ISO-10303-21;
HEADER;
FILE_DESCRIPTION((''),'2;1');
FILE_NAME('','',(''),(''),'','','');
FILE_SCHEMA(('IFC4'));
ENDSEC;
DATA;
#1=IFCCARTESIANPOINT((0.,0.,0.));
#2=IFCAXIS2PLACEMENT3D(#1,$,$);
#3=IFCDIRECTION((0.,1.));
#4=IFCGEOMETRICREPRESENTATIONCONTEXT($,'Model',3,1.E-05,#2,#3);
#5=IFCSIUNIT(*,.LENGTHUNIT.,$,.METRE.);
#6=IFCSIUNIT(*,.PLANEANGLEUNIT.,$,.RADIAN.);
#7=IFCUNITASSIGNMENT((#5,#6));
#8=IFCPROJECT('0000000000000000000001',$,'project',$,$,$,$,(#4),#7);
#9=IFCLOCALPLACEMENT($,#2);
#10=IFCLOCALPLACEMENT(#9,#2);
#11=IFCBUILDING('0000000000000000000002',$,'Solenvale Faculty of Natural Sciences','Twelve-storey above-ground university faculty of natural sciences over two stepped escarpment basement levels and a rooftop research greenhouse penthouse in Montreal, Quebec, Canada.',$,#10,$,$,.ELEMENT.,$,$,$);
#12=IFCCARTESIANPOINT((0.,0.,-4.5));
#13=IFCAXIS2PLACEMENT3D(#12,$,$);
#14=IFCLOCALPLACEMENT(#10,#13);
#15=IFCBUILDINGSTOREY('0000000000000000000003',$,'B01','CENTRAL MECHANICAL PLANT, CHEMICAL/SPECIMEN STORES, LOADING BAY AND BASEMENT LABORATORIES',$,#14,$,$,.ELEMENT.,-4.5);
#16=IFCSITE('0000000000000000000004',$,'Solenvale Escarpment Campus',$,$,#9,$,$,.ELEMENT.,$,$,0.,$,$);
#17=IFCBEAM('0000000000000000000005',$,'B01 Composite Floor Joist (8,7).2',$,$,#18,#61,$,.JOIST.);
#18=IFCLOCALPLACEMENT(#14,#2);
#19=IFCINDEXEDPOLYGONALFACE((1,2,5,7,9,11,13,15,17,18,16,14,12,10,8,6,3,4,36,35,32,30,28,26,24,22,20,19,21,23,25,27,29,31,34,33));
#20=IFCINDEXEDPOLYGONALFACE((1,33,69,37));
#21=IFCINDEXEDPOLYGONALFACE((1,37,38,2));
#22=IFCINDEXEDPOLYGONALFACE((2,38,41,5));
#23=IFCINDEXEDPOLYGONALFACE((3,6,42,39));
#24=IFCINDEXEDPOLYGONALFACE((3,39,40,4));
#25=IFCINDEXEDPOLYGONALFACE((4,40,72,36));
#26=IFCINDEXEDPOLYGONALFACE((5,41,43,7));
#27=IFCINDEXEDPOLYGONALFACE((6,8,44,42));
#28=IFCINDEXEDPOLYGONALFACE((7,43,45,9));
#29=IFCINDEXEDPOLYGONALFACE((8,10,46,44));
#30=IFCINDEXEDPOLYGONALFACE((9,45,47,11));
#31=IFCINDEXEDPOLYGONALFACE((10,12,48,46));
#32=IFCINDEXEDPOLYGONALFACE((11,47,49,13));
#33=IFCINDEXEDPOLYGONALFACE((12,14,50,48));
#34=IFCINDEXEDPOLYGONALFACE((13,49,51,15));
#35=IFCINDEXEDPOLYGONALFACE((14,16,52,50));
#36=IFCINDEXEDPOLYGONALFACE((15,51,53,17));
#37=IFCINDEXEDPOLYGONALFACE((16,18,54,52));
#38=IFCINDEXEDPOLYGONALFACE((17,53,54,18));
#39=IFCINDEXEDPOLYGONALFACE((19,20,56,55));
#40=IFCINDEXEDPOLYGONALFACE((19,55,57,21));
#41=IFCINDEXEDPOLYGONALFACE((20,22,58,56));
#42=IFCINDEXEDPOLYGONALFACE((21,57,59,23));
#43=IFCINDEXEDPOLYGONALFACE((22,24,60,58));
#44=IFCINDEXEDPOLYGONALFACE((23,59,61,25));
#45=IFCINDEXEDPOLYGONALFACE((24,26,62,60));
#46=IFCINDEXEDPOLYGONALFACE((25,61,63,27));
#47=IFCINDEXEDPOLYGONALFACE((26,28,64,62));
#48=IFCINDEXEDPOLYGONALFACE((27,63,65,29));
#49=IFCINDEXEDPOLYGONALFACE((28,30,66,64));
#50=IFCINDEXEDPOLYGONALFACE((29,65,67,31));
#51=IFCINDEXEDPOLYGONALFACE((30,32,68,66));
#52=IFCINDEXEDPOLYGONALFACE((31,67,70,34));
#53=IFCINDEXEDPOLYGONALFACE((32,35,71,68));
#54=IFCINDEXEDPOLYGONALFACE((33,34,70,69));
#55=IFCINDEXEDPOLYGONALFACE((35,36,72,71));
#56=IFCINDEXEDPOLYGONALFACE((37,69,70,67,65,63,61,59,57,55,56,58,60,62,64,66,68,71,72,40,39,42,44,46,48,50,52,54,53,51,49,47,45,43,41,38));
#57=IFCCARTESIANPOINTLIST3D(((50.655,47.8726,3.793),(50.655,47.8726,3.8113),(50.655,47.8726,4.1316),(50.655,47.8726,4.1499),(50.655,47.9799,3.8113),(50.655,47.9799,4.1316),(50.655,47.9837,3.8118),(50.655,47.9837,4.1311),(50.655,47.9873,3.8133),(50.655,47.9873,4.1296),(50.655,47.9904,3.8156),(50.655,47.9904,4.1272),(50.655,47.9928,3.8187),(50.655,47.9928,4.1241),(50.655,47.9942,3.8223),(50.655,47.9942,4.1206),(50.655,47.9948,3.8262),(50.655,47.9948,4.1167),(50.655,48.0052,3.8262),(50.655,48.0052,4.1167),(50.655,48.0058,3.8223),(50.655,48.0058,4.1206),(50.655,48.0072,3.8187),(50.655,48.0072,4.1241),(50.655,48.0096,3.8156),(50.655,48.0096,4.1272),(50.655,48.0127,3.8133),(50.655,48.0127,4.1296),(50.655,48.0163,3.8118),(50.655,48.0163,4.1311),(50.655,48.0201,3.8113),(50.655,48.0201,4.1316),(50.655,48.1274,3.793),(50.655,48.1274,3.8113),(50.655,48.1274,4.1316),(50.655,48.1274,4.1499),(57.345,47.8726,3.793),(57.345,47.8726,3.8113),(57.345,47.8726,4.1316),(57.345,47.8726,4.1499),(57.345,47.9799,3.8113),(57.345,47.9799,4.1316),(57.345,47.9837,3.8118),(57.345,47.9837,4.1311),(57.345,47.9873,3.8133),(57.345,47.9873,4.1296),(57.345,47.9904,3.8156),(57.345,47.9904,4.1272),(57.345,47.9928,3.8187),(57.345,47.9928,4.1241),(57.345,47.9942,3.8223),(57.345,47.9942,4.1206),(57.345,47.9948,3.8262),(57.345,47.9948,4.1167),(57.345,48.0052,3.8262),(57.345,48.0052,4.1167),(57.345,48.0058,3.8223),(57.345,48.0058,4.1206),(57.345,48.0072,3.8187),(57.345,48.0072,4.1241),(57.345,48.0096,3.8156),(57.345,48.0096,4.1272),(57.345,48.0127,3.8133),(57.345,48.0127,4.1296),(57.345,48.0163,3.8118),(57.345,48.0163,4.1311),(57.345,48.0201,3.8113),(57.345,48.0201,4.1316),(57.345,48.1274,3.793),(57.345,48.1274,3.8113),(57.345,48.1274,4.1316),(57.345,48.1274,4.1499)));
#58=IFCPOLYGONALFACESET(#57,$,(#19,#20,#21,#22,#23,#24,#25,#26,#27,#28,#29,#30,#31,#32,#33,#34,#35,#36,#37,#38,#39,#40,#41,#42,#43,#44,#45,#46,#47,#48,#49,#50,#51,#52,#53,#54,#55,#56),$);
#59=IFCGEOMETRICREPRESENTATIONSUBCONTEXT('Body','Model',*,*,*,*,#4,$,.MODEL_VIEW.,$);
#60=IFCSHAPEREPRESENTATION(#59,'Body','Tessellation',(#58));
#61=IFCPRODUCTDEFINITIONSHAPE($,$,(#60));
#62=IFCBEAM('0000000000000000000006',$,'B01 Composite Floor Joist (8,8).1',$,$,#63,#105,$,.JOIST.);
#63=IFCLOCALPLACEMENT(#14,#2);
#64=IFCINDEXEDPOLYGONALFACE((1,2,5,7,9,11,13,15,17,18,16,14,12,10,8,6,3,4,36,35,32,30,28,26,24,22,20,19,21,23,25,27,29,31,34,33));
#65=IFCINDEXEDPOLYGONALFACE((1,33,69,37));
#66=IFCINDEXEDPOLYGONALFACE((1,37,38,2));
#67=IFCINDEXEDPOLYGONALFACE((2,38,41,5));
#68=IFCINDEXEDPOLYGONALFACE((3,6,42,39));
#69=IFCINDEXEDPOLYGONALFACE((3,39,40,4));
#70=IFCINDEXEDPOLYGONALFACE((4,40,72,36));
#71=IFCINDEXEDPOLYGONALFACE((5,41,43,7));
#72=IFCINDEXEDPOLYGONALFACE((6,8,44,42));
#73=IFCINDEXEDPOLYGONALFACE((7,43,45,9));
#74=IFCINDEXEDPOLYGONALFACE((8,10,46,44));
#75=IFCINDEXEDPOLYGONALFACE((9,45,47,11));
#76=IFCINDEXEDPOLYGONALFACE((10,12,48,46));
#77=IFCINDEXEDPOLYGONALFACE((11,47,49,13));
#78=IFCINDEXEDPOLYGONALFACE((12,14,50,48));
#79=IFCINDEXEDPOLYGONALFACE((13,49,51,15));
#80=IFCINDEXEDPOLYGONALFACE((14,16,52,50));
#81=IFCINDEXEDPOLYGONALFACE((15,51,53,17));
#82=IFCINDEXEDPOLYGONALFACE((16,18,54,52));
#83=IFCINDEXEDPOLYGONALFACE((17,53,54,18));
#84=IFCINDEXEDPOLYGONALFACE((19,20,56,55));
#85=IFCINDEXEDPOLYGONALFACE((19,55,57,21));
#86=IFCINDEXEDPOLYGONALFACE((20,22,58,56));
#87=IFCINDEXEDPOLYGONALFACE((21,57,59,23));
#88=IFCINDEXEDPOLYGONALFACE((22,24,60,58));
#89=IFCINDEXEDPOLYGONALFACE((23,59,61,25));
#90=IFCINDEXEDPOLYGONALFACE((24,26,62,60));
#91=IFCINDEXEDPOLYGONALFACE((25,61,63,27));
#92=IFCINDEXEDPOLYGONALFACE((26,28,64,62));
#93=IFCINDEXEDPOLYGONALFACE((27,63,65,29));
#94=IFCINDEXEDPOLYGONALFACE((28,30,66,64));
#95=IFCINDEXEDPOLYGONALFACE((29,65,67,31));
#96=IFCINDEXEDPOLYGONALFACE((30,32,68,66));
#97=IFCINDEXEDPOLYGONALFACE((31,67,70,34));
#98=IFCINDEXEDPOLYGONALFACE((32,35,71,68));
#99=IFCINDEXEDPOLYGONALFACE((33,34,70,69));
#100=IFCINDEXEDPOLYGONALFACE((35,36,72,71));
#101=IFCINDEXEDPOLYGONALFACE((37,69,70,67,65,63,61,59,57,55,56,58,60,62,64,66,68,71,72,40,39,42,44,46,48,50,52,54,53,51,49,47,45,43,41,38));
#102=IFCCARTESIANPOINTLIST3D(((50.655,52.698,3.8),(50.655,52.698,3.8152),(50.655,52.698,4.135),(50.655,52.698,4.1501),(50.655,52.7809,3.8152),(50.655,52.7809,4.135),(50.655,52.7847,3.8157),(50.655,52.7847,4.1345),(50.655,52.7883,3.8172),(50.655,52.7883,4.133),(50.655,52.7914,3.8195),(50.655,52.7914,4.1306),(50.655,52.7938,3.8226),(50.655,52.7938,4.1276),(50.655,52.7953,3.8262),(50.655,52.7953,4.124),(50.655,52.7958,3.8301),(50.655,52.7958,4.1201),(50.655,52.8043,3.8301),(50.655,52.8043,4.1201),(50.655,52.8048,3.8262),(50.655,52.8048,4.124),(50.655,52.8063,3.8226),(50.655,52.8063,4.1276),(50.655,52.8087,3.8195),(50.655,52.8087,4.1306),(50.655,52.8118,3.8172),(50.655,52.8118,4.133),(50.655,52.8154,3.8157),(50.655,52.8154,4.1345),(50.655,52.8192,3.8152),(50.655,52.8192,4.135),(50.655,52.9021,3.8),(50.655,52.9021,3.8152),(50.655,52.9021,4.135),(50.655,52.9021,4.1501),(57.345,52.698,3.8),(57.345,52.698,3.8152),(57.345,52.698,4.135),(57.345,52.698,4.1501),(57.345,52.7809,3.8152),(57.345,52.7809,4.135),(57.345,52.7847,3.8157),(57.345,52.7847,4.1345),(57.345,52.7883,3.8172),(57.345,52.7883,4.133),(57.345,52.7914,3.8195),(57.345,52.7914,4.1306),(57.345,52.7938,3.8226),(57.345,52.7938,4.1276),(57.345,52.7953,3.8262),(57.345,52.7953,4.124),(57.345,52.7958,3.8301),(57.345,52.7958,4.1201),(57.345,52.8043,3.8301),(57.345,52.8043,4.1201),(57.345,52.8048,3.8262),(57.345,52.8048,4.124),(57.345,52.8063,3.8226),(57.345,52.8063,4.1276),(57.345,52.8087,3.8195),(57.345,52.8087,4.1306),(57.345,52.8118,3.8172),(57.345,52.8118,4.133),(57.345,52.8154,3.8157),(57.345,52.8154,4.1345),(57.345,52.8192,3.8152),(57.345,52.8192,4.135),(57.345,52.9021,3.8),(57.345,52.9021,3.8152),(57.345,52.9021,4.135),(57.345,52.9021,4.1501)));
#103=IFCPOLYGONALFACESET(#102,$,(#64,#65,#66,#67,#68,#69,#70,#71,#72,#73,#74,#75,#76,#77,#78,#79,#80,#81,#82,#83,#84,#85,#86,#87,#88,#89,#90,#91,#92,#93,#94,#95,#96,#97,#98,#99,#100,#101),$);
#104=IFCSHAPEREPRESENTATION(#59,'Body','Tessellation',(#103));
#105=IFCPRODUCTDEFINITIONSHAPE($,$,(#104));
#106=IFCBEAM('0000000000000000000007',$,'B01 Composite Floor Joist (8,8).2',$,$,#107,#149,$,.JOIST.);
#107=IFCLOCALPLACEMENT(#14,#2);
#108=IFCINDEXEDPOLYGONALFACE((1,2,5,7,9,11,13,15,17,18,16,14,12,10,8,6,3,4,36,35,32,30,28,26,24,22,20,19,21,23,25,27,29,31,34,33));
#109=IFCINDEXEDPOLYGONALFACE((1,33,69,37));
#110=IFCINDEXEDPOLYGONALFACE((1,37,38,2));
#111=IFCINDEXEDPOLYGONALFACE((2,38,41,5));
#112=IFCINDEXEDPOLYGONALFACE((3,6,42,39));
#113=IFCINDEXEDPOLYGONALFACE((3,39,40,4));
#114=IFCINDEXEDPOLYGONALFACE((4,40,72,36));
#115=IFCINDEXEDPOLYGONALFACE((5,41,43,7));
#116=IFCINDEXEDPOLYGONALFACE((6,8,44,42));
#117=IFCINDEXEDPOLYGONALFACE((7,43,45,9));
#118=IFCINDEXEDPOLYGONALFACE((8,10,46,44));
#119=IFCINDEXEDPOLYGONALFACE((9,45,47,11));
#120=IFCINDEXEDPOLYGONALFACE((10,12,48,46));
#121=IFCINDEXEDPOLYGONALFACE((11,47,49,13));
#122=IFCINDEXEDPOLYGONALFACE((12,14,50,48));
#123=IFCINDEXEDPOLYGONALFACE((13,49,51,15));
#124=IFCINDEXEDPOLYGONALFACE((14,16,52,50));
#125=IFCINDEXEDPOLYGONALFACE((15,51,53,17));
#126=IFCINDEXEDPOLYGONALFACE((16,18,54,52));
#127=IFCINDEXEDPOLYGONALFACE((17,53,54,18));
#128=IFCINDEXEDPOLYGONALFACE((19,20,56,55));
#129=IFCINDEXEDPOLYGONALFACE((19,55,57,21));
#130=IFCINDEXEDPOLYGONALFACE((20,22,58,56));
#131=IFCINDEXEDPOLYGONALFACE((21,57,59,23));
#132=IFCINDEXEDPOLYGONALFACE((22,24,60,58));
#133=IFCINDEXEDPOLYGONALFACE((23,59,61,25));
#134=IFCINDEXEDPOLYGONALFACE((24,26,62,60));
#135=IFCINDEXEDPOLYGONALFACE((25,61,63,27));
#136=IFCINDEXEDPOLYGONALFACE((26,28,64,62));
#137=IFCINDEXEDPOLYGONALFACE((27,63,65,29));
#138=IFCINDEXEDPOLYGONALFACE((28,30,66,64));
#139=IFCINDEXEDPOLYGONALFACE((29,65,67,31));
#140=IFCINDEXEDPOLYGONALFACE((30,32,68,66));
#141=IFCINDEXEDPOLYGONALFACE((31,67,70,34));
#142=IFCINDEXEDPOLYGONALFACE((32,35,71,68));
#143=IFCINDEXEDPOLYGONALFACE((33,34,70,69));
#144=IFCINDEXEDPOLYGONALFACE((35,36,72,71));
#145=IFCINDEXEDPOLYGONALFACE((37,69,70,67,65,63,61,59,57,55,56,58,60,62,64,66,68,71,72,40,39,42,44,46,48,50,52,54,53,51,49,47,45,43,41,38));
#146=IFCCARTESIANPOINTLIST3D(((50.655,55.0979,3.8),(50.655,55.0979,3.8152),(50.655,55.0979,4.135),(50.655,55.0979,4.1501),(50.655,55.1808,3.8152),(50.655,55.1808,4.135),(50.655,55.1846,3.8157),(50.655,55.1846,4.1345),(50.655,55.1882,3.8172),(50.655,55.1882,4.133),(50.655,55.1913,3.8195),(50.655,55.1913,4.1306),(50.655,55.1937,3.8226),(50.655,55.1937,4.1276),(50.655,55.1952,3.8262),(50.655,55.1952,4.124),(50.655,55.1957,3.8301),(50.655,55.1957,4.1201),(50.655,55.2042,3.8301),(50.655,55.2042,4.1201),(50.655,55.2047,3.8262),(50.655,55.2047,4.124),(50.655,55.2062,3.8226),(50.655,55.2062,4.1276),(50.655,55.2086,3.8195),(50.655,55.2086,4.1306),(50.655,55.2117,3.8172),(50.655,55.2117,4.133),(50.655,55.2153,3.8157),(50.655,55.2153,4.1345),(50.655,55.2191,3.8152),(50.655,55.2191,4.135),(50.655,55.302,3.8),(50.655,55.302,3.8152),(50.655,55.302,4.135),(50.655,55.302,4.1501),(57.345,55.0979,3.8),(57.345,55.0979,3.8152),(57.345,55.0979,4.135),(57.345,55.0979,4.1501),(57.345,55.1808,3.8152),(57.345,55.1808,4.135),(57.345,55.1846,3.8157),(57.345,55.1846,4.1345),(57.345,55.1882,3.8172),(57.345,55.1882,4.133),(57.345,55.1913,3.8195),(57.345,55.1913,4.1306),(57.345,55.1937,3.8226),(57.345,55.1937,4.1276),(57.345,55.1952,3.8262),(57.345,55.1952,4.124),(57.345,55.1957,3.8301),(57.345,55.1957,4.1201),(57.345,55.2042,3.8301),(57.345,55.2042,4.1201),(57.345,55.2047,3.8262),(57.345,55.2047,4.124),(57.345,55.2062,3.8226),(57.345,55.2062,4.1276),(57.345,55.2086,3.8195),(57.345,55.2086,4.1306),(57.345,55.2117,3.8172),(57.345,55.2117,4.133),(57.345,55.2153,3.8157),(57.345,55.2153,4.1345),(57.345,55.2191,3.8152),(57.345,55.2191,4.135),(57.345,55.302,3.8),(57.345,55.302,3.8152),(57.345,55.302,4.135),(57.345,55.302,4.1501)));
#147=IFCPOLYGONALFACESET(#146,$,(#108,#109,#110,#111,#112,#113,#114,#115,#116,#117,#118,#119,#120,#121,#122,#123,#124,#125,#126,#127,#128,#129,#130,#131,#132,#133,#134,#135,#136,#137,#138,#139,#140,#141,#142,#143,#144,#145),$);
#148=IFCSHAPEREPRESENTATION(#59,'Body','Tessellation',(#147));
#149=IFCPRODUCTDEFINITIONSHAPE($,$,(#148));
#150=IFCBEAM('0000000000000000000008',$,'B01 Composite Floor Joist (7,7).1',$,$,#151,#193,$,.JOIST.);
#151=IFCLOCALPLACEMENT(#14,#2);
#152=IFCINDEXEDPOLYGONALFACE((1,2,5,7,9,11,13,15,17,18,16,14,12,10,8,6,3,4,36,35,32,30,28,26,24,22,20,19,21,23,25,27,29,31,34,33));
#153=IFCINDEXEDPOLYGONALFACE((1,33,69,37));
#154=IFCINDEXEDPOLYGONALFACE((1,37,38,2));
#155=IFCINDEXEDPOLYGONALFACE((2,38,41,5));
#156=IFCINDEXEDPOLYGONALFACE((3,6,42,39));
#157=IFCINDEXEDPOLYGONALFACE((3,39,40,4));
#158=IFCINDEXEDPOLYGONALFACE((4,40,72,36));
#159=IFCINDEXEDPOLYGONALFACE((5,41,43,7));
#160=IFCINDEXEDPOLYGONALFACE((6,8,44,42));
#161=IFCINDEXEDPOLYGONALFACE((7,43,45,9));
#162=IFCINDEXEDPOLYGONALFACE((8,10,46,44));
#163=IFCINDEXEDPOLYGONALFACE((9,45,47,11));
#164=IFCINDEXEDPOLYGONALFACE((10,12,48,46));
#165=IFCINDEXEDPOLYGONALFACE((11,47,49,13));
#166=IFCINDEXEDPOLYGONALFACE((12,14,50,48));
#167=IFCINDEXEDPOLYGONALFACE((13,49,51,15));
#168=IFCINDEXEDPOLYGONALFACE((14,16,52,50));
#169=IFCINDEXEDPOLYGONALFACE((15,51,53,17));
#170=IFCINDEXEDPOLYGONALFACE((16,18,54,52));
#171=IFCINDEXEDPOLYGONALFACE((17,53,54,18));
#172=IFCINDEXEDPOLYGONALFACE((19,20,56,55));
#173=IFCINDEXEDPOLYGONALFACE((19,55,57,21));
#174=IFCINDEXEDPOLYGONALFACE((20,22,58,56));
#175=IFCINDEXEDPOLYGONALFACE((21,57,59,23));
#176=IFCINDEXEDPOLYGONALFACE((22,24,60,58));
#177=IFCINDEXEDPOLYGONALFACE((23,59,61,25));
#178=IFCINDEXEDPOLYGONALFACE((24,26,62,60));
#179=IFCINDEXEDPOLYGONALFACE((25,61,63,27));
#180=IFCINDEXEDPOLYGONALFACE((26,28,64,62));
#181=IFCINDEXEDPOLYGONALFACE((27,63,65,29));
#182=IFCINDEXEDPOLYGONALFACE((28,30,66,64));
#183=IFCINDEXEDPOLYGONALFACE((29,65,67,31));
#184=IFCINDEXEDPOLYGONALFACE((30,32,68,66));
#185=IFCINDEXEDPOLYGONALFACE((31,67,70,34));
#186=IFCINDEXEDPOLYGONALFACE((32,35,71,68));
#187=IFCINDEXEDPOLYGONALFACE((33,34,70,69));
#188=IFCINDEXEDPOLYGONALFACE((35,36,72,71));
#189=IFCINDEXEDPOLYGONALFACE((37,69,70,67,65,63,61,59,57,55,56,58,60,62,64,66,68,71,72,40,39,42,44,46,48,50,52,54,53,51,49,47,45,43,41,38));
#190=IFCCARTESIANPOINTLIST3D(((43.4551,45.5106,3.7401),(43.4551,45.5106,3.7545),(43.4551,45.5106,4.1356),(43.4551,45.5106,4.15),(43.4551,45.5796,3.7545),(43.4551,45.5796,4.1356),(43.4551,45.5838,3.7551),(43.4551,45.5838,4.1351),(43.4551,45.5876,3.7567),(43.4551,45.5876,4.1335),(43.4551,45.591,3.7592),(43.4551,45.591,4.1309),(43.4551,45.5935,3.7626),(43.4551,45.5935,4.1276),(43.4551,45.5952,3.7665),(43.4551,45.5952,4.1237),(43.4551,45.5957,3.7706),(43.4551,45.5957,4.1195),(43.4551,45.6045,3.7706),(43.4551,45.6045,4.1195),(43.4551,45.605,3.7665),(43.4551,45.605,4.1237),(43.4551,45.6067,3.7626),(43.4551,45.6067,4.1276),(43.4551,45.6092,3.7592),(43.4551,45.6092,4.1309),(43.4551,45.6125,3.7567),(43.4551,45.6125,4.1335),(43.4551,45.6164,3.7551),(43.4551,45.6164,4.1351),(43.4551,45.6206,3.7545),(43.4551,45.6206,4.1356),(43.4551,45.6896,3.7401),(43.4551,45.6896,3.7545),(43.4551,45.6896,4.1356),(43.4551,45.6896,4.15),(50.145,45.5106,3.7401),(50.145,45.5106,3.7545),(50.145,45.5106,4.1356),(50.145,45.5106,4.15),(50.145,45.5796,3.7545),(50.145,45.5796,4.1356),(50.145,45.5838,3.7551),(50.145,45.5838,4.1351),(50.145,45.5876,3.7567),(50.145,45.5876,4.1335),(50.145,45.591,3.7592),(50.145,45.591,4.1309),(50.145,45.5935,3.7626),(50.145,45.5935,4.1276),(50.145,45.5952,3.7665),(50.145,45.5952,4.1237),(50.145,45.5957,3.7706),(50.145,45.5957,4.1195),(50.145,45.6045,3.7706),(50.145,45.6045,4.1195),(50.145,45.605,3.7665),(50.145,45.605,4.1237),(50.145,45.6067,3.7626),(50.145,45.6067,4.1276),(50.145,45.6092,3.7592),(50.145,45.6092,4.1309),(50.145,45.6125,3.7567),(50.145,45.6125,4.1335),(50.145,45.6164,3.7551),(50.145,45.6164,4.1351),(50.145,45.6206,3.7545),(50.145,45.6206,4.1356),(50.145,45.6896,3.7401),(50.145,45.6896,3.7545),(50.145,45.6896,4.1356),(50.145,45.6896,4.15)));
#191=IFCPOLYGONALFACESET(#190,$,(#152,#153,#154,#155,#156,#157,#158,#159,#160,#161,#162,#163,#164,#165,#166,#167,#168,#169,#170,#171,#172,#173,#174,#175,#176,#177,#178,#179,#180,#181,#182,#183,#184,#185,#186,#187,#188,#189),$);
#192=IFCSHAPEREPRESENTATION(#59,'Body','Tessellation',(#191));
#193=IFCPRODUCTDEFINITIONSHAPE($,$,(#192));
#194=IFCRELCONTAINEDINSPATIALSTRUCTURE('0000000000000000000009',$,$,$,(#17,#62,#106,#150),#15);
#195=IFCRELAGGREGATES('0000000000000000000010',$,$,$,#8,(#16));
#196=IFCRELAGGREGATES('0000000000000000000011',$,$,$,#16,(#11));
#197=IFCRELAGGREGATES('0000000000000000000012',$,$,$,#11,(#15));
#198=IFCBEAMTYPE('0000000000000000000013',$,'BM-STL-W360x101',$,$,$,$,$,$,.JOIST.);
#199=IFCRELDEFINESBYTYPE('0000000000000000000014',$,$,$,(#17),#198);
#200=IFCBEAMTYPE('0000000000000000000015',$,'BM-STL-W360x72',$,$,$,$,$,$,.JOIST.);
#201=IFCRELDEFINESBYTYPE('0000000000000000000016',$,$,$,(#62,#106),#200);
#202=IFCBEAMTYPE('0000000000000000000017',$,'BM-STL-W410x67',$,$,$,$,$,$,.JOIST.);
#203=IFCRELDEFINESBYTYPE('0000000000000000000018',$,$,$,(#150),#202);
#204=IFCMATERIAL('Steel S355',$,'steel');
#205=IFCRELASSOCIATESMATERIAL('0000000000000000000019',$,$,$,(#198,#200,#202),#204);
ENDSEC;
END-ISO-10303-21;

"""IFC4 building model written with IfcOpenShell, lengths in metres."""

from ifc_helpers import new_model, si_unit, direction, frame, origin, origin_2d, place, context, subcontext, project, spatial, i_section, extrude, material, material_profile, profile_set, type_object, element, save


model = new_model("IFC4")

# Units and contexts
model_context = context("Model", 3, precision=1e-05, world=origin(), true_north=direction((0.0, 1.0)))
body_context = subcontext(model_context, "Body", "Model", "MODEL_VIEW")
ifc_project = project(units=[si_unit("LENGTHUNIT", "METRE"), si_unit("PLANEANGLEUNIT", "RADIAN")], contexts=[model_context])

# Site, building, storey
site_placement = place(None, origin())
site = spatial("IfcSite", under=ifc_project, at=site_placement, Name="Solenvale Escarpment Campus", CompositionType="ELEMENT", RefElevation=0.0)
building_placement = place(site_placement, origin())
building = spatial("IfcBuilding", under=site, at=building_placement, Name="Solenvale Faculty of Natural Sciences", Description="Twelve-storey above-ground university faculty of natural sciences over two stepped escarpment basement levels and a rooftop research greenhouse penthouse in Montreal, Quebec, Canada.", CompositionType="ELEMENT")
storey_placement = place(building_placement, frame((0.0, 0.0, -4.5)))
storey = spatial("IfcBuildingStorey", under=building, at=storey_placement, Name="B01", Description="CENTRAL MECHANICAL PLANT, CHEMICAL/SPECIMEN STORES, LOADING BAY AND BASEMENT LABORATORIES", CompositionType="ELEMENT", Elevation=-4.5)

# Beams
ifc_material_1 = material(Name="Steel S355", Category="steel")
ifc_material_profile_1 = material_profile(ifc_material_1, i_section(OverallWidth=0.2549, OverallDepth=0.3569, WebThickness=0.0105, FlangeThickness=0.0183, FilletRadius=0.0149, at=origin_2d()), Name="W360x101")
ifc_profile_set_1 = profile_set([ifc_material_profile_1], Name="Steel S355")
beam_type_1 = type_object("IfcBeamType", Name="BM-STL-W360x101", PredefinedType="JOIST", material=ifc_profile_set_1)
for number, where, z_axis, x_axis, name in (
    (1, (50.655, 48.0, 3.9714), (1.0, 0.0, 0.0), (0.0, 1.0, 0.0), "B01 Composite Floor Joist (8,7).2"),
):
    element("IfcBeam", number, at=place(storey_placement, frame(where, z_axis=z_axis, x_axis=x_axis)), inside=storey, type_object=beam_type_1, Name=name, PredefinedType="JOIST", context=body_context, shape_type="SweptSolid", body=[
        extrude(i_section(OverallWidth=0.2549, OverallDepth=0.3569, WebThickness=0.0105, FlangeThickness=0.0183, FilletRadius=0.0149, at=origin_2d()), origin(), (0.0, 0.0, 1.0), 6.6899),
    ])
ifc_material_profile_2 = material_profile(ifc_material_1, i_section(OverallWidth=0.2041, OverallDepth=0.3501, WebThickness=0.0085, FlangeThickness=0.0151, FilletRadius=0.0149, at=origin_2d()), Name="W360x72")
ifc_profile_set_2 = profile_set([ifc_material_profile_2], Name="Steel S355")
beam_type_2 = type_object("IfcBeamType", Name="BM-STL-W360x72", PredefinedType="JOIST", material=ifc_profile_set_2)
for number, where, z_axis, x_axis, name in (
    (2, (50.655, 52.8, 3.9751), (1.0, 0.0, 0.0), (0.0, 1.0, 0.0), "B01 Composite Floor Joist (8,8).1"),
    (3, (50.655, 55.2, 3.9751), (1.0, 0.0, 0.0), (0.0, 1.0, 0.0), "B01 Composite Floor Joist (8,8).2"),
):
    element("IfcBeam", number, at=place(storey_placement, frame(where, z_axis=z_axis, x_axis=x_axis)), inside=storey, type_object=beam_type_2, Name=name, PredefinedType="JOIST", context=body_context, shape_type="SweptSolid", body=[
        extrude(i_section(OverallWidth=0.2041, OverallDepth=0.3501, WebThickness=0.0085, FlangeThickness=0.0151, FilletRadius=0.0149, at=origin_2d()), origin(), (0.0, 0.0, 1.0), 6.6899),
    ])
ifc_material_profile_3 = material_profile(ifc_material_1, i_section(OverallWidth=0.179, OverallDepth=0.4099, WebThickness=0.0088, FlangeThickness=0.0144, FilletRadius=0.0161, at=origin_2d()), Name="W410x67")
ifc_profile_set_3 = profile_set([ifc_material_profile_3], Name="Steel S355")
beam_type_3 = type_object("IfcBeamType", Name="BM-STL-W410x67", PredefinedType="JOIST", material=ifc_profile_set_3)
for number, where, z_axis, x_axis, name in (
    (4, (43.4551, 45.6001, 3.9451), (1.0, 0.0, 0.0), (0.0, 1.0, 0.0), "B01 Composite Floor Joist (7,7).1"),
):
    element("IfcBeam", number, at=place(storey_placement, frame(where, z_axis=z_axis, x_axis=x_axis)), inside=storey, type_object=beam_type_3, Name=name, PredefinedType="JOIST", context=body_context, shape_type="SweptSolid", body=[
        extrude(i_section(OverallWidth=0.179, OverallDepth=0.4099, WebThickness=0.0088, FlangeThickness=0.0144, FilletRadius=0.0161, at=origin_2d()), origin(), (0.0, 0.0, 1.0), 6.6899),
    ])

save(model, "model.ifc")
